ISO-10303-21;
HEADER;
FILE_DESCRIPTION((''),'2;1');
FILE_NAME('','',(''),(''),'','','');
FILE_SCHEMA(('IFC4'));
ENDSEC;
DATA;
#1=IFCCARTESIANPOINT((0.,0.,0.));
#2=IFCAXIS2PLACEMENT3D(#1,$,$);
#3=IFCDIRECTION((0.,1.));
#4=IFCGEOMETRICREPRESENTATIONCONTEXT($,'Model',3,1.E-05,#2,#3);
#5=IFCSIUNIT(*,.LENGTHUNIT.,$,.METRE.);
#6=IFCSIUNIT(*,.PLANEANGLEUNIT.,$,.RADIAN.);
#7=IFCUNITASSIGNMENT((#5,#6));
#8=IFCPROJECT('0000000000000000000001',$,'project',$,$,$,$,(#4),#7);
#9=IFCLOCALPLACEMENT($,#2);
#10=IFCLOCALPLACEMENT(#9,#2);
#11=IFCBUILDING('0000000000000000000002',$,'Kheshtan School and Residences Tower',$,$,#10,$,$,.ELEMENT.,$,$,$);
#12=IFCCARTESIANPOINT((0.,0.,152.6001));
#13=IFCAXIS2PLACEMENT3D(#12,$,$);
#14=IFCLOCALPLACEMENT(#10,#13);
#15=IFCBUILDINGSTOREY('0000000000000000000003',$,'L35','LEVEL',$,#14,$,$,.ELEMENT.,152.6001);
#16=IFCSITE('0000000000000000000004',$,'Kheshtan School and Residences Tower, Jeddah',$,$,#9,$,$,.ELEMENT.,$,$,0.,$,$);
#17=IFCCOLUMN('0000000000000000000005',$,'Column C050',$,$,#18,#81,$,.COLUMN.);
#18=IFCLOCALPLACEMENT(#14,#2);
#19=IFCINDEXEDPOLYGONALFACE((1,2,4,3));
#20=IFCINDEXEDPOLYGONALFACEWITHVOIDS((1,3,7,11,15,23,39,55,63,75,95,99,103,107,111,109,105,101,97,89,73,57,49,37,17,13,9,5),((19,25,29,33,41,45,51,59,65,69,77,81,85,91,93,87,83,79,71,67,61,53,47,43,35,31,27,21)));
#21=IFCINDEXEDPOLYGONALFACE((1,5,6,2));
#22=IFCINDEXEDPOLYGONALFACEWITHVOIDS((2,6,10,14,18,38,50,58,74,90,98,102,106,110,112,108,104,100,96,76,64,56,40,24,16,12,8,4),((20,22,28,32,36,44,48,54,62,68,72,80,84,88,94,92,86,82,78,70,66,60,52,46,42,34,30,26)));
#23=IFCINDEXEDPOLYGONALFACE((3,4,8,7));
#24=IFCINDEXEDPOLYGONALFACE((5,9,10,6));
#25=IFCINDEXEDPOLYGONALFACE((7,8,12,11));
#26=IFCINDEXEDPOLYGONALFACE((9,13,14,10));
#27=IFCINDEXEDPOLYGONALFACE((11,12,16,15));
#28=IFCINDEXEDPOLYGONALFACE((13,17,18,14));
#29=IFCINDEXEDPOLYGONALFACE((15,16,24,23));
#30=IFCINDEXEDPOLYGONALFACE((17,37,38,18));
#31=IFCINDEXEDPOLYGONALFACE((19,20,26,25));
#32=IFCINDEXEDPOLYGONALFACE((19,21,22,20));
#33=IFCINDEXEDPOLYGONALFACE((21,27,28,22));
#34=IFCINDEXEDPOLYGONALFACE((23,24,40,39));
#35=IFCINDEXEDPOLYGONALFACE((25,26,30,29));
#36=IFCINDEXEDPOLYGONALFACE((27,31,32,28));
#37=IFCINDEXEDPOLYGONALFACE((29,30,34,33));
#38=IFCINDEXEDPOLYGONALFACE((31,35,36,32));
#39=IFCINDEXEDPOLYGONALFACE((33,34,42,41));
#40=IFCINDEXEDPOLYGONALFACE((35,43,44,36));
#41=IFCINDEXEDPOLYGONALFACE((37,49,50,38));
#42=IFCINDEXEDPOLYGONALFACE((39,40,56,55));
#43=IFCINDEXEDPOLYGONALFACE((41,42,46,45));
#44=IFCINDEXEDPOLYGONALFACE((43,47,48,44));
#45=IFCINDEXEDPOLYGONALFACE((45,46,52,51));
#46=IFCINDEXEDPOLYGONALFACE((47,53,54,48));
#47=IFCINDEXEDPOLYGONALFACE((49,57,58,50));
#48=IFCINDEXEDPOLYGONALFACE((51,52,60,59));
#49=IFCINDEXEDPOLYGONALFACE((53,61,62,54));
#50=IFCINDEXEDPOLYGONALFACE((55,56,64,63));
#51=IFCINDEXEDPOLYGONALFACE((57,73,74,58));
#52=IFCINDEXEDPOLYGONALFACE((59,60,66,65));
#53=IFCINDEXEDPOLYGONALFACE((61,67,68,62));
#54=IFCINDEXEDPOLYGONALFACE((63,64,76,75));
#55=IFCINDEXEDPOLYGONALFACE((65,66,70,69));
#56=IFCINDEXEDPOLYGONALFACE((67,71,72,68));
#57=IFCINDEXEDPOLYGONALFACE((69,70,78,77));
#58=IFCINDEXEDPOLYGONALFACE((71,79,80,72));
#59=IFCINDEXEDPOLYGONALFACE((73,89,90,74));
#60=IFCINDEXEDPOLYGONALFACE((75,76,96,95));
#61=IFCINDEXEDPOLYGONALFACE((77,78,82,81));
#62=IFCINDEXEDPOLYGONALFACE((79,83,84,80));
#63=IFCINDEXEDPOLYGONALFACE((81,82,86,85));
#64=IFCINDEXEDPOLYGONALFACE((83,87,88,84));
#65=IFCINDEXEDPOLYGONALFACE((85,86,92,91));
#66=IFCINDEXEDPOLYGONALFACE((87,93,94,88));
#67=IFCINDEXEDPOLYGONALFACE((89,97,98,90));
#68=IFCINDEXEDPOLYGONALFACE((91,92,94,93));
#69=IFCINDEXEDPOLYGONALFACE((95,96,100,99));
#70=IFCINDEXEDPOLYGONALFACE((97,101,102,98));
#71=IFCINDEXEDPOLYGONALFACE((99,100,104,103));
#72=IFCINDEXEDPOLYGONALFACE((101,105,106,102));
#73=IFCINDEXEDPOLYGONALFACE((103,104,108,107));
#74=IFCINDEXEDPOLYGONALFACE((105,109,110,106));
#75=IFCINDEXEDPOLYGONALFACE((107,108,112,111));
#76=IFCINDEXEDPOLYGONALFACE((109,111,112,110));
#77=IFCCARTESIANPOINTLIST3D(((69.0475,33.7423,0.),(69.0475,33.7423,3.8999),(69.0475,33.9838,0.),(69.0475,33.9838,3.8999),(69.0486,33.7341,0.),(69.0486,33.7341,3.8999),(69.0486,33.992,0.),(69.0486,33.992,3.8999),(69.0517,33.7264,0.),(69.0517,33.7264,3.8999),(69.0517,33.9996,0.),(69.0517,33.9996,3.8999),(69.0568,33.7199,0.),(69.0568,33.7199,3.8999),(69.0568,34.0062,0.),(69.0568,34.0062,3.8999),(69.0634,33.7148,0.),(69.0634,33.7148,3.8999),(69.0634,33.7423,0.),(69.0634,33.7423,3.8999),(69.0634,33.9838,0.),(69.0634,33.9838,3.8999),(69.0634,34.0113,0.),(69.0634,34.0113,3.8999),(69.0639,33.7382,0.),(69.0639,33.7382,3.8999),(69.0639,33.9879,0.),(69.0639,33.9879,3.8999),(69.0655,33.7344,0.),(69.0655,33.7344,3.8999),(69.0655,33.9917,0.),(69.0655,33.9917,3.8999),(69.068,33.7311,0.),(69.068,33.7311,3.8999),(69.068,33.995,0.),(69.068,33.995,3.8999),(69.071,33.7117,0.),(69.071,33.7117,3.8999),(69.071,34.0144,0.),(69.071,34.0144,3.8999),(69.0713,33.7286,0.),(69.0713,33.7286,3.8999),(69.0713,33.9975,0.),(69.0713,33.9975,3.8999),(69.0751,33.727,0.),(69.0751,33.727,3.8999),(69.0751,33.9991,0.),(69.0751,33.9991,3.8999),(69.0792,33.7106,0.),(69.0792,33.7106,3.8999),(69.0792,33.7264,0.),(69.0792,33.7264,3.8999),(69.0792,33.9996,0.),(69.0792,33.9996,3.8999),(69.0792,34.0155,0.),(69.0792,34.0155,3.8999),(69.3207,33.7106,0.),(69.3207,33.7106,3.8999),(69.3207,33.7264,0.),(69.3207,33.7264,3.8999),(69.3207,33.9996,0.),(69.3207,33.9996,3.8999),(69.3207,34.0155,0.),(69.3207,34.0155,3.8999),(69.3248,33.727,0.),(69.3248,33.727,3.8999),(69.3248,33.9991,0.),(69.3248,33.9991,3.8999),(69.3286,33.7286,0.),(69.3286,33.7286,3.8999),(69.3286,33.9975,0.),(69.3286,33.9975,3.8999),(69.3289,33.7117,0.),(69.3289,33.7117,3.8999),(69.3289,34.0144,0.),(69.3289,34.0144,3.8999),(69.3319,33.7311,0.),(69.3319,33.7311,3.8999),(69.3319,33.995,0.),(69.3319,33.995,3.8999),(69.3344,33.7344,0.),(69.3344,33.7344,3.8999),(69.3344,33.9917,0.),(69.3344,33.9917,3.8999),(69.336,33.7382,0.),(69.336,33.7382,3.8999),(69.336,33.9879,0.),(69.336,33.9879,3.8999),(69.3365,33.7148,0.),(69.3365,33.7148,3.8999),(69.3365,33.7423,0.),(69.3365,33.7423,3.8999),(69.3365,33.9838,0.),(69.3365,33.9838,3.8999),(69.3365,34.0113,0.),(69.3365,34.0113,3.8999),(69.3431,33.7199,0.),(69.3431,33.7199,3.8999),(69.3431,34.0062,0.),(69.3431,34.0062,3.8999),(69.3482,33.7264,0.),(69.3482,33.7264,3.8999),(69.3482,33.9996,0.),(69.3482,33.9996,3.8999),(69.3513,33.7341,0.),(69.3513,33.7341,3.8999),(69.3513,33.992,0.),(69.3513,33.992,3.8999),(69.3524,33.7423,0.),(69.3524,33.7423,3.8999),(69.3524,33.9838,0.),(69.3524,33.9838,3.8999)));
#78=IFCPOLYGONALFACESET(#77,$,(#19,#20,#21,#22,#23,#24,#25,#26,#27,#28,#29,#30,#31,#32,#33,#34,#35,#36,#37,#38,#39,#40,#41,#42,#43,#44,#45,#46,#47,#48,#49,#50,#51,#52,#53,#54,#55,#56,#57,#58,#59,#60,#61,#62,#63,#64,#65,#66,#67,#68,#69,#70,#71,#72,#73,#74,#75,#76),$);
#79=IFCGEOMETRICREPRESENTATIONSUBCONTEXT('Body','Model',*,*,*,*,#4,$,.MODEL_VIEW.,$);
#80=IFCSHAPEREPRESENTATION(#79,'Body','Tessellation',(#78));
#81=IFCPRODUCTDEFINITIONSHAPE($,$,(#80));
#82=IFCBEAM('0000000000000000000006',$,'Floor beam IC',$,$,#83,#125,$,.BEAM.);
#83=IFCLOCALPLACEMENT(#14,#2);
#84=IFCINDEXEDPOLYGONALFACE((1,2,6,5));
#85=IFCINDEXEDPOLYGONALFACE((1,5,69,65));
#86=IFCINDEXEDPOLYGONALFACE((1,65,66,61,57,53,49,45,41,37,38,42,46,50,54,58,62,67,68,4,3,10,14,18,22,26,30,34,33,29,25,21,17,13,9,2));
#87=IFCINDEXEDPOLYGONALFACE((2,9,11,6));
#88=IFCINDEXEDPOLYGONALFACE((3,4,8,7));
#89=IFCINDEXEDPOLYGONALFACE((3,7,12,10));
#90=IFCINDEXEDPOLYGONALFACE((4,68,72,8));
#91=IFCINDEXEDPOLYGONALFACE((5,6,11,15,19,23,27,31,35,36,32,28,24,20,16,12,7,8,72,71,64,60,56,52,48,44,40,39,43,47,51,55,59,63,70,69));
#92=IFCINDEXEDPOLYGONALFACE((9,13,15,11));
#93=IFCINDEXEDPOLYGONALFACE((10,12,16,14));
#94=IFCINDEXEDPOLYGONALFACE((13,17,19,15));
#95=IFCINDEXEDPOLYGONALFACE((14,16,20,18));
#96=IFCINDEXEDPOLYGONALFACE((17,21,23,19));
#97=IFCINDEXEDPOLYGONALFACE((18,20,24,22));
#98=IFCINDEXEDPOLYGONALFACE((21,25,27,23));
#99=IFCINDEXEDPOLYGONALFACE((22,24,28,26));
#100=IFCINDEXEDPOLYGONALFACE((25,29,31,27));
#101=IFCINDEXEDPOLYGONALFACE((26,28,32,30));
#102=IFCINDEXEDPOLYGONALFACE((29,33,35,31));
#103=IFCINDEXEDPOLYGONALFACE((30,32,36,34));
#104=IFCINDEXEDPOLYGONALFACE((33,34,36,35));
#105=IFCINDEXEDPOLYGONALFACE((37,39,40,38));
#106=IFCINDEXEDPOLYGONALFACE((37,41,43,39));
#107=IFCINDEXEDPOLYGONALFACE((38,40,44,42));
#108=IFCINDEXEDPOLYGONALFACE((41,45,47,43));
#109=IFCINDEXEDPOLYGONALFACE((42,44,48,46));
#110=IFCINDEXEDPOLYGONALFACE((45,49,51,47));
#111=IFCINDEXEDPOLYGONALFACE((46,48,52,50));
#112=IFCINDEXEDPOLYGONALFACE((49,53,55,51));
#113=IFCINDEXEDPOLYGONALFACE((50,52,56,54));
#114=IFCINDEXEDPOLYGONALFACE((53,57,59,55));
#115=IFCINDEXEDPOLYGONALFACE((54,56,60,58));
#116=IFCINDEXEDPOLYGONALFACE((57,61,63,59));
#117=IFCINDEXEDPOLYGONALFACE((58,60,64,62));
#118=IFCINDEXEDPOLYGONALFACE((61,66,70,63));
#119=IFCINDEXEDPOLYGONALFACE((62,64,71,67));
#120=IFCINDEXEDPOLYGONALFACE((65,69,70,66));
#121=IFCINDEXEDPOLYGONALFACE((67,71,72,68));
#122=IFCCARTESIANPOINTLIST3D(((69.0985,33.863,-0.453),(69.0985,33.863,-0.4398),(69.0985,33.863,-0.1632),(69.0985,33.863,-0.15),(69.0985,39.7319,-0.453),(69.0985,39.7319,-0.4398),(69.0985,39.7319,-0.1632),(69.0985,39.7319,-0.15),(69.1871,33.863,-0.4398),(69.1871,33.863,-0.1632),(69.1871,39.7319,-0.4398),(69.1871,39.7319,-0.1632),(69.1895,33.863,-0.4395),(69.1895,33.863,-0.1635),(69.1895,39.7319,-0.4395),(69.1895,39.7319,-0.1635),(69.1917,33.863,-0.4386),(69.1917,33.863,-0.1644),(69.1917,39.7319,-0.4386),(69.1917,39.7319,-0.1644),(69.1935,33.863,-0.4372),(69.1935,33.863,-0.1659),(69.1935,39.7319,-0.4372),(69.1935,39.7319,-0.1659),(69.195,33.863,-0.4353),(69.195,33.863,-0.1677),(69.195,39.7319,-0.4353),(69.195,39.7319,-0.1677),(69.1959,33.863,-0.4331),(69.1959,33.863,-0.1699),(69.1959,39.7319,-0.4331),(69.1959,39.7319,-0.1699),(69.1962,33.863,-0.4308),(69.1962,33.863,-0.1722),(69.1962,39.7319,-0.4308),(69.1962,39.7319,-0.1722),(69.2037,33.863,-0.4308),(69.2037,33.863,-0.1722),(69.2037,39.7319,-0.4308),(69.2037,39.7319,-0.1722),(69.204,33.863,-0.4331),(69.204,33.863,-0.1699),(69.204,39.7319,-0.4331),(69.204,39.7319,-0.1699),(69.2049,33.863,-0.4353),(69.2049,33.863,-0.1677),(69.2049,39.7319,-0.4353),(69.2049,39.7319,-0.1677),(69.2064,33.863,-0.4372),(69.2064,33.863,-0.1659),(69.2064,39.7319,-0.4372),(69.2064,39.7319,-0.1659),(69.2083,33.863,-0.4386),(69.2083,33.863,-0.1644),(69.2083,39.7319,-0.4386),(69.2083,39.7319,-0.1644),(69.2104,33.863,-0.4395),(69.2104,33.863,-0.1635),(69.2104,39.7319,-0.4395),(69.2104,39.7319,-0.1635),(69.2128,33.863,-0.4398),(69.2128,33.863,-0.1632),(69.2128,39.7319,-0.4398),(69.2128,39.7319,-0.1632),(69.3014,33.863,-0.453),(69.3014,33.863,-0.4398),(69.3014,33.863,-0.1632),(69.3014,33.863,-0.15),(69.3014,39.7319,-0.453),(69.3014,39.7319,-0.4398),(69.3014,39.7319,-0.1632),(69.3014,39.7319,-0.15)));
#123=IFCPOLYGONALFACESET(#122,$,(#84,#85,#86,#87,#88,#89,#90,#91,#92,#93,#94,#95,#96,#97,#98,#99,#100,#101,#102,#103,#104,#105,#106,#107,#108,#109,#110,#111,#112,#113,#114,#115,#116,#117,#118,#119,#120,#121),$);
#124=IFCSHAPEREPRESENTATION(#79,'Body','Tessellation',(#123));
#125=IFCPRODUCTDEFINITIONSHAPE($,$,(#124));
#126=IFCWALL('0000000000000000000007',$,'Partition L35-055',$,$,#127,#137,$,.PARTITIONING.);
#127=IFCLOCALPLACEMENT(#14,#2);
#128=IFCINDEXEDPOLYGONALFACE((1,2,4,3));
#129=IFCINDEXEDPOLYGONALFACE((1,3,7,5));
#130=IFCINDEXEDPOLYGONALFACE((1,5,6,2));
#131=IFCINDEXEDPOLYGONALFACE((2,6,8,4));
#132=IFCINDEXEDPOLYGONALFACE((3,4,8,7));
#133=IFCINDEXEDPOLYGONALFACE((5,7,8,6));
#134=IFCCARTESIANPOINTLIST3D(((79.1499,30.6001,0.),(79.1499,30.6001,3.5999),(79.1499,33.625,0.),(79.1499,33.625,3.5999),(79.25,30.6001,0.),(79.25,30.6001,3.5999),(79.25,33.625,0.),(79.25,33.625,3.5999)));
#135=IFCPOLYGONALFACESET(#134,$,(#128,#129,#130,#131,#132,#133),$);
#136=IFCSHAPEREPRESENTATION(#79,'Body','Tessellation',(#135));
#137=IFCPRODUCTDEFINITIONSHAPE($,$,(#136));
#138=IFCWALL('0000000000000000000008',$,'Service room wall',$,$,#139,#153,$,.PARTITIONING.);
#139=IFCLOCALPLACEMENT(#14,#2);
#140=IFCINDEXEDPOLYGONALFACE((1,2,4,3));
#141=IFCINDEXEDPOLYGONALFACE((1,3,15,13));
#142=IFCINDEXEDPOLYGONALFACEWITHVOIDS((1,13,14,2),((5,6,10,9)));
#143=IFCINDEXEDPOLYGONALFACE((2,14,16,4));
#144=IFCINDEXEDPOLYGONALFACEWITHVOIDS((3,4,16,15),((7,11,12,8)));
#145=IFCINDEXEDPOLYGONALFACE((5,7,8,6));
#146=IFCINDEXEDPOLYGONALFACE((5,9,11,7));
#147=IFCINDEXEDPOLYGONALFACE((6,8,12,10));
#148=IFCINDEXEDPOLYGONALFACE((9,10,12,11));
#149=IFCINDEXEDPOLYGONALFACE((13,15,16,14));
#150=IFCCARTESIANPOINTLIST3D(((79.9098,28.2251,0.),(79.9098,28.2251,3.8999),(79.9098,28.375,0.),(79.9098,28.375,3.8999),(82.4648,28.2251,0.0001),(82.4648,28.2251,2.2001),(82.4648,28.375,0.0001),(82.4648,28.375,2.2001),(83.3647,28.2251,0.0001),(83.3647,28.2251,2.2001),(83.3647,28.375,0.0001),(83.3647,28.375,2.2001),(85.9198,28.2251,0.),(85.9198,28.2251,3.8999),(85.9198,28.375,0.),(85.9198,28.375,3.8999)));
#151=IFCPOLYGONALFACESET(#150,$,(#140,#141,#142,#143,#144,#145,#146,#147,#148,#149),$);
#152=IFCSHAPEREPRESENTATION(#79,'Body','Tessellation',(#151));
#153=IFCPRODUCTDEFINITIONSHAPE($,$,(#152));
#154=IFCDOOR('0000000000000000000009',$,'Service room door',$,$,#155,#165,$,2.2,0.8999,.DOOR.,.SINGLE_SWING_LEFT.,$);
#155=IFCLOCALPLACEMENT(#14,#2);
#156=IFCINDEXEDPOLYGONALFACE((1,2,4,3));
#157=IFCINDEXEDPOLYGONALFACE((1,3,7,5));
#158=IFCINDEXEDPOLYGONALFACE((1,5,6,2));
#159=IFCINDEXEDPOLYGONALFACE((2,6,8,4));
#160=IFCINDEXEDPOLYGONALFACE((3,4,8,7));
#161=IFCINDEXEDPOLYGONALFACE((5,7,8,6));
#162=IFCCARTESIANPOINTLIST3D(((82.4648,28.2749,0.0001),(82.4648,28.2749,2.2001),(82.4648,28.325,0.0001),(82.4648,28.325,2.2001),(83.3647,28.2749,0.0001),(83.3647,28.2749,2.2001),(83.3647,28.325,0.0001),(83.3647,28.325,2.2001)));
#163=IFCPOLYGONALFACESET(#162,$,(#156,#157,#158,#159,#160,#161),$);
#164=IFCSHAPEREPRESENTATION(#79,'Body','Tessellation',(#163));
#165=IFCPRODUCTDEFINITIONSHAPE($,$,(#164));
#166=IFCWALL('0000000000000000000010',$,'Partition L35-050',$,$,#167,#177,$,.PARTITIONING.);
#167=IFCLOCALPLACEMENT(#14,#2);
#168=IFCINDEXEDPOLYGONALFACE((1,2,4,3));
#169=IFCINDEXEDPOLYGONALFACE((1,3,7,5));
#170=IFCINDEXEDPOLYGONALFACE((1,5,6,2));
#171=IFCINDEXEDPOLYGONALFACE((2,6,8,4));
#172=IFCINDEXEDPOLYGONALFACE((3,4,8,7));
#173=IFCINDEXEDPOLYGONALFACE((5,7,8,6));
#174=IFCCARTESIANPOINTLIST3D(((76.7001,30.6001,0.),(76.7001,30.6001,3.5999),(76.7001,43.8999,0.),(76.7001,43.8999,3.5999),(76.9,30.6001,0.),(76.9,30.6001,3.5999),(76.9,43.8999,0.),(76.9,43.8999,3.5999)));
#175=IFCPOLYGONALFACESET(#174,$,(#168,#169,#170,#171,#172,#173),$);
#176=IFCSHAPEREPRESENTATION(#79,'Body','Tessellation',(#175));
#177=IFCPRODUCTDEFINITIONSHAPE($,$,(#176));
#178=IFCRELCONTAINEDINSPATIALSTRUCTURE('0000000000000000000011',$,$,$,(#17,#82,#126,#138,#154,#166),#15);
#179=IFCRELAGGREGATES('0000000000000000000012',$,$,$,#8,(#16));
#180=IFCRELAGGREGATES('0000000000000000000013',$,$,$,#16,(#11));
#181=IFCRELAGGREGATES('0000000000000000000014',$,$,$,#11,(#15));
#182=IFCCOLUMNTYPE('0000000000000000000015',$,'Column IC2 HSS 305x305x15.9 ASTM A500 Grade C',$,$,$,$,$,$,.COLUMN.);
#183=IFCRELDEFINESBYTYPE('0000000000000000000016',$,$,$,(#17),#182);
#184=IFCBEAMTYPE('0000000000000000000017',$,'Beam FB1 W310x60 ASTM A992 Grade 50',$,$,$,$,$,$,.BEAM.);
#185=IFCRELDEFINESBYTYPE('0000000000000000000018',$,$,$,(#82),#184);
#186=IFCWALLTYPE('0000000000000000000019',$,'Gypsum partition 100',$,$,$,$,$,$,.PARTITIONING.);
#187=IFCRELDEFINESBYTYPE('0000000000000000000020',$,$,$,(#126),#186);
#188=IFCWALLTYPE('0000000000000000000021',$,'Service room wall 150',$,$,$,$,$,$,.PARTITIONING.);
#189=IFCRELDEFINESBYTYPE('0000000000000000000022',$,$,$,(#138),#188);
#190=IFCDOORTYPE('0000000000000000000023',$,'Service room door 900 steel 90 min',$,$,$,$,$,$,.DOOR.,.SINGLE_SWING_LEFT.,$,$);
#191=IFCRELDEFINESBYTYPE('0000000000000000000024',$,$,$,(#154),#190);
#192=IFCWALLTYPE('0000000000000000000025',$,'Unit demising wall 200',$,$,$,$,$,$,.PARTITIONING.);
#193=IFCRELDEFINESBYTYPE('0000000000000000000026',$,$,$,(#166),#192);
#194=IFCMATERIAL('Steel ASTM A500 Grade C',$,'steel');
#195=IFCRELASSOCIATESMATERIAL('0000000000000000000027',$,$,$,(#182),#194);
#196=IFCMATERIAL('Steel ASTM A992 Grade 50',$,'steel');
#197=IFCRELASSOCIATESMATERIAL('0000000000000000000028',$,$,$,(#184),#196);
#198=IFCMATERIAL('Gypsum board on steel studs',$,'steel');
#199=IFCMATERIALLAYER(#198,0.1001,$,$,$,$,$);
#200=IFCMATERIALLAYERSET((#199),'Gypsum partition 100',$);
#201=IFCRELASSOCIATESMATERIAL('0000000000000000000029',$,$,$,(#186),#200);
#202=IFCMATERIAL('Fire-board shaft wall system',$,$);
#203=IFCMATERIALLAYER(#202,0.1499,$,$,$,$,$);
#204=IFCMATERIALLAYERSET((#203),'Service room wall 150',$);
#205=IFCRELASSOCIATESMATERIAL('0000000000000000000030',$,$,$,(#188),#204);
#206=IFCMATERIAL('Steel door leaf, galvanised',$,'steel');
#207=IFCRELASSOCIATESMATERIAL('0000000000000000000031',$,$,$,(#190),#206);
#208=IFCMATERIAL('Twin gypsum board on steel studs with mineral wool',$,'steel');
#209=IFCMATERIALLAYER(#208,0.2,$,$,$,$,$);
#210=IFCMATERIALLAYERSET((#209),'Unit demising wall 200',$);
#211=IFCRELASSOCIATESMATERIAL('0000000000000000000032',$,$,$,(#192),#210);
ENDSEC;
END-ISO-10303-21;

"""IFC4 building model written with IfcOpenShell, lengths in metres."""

from ifc_helpers import new_model, si_unit, direction, frame, frame_2d, origin, origin_2d, place, context, subcontext, project, spatial, rectangle, hollow_rectangle, i_section, extrude, source, transform, mapped, material, layer, layer_set, material_profile, profile_set, type_object, element, fill, save


model = new_model("IFC4")

# Units and contexts
model_context = context("Model", 3, precision=1e-05, world=origin(), true_north=direction((0.0, 1.0)))
body_context = subcontext(model_context, "Body", "Model", "MODEL_VIEW")
ifc_project = project(units=[si_unit("LENGTHUNIT", "METRE"), si_unit("PLANEANGLEUNIT", "RADIAN")], contexts=[model_context])

# Site, building, storey
site_placement = place(None, origin())
site = spatial("IfcSite", under=ifc_project, at=site_placement, Name="Kheshtan School and Residences Tower, Jeddah", CompositionType="ELEMENT", RefElevation=0.0)
building_placement = place(site_placement, origin())
building = spatial("IfcBuilding", under=site, at=building_placement, Name="Kheshtan School and Residences Tower", CompositionType="ELEMENT")
storey_placement = place(building_placement, frame((0.0, 0.0, 152.6001)))
storey = spatial("IfcBuildingStorey", under=building, at=storey_placement, Name="L35", Description="LEVEL", CompositionType="ELEMENT", Elevation=152.6001)

# Column
ifc_material_1 = material(Name="Steel ASTM A500 Grade C", Category="steel")
ifc_material_profile_1 = material_profile(ifc_material_1, hollow_rectangle(XDim=0.3049, YDim=0.3049, WallThickness=0.0159, InnerFilletRadius=0.0159, OuterFilletRadius=0.0317, at=origin_2d()), Name="HSS 305x305x15.9")
ifc_profile_set_1 = profile_set([ifc_material_profile_1], Name="Steel ASTM A500 Grade C")
column_type = type_object("IfcColumnType", Name="Column IC2 HSS 305x305x15.9 ASTM A500 Grade C", PredefinedType="COLUMN", material=ifc_profile_set_1)
column_placement = place(storey_placement, frame((69.2, 33.863, 0.0), z_axis=(0.0, 0.0, 1.0), x_axis=(1.0, 0.0, 0.0)))
element("IfcColumn", 1, at=column_placement, inside=storey, type_object=column_type, Name="Column C050", PredefinedType="COLUMN", context=body_context, shape_type="SweptSolid", body=[
    extrude(hollow_rectangle(XDim=0.3049, YDim=0.3049, WallThickness=0.0159, InnerFilletRadius=0.0159, OuterFilletRadius=0.0317, at=origin_2d()), origin(), (0.0, 0.0, 1.0), 3.8999),
])

# Beam
ifc_material_2 = material(Name="Steel ASTM A992 Grade 50", Category="steel")
ifc_material_profile_2 = material_profile(ifc_material_2, i_section(OverallWidth=0.2029, OverallDepth=0.303, WebThickness=0.0076, FlangeThickness=0.0132, FilletRadius=0.009, at=origin_2d()), Name="W310x60")
ifc_profile_set_2 = profile_set([ifc_material_profile_2], Name="Steel ASTM A992 Grade 50")
beam_type = type_object("IfcBeamType", Name="Beam FB1 W310x60 ASTM A992 Grade 50", PredefinedType="BEAM", material=ifc_profile_set_2)
beam_placement = place(storey_placement, frame((69.2, 33.863, -0.3015), z_axis=(0.0, 1.0, 0.0), x_axis=(-1.0, 0.0, 0.0)))
element("IfcBeam", 2, at=beam_placement, inside=storey, type_object=beam_type, Name="Floor beam IC", PredefinedType="BEAM", context=body_context, shape_type="SweptSolid", body=[
    extrude(i_section(OverallWidth=0.2029, OverallDepth=0.303, WebThickness=0.0076, FlangeThickness=0.0132, FilletRadius=0.009, at=origin_2d()), origin(), (0.0, 0.0, 1.0), 5.8689),
])

# Wall
ifc_material_3 = material(Name="Gypsum board on steel studs", Category="steel")
ifc_layer_1 = layer(ifc_material_3, 0.1001)
ifc_layer_set_1 = layer_set([ifc_layer_1], Name="Gypsum partition 100")
wall_type_1 = type_object("IfcWallType", Name="Gypsum partition 100", PredefinedType="PARTITIONING", material=ifc_layer_set_1)
wall_1_placement = place(storey_placement, frame((79.2, 30.6001, 0.0), z_axis=(0.0, 0.0, 1.0), x_axis=(0.0, 1.0, 0.0)))
element("IfcWall", 3, at=wall_1_placement, inside=storey, type_object=wall_type_1, Name="Partition L35-055", PredefinedType="PARTITIONING", context=body_context, shape_type="SweptSolid", body=[
    extrude(rectangle(XDim=3.0249, YDim=0.1001, at=frame_2d((1.5125, 0.0))), origin(), (0.0, 0.0, 1.0), 3.5999),
])

# Wall, opening, door
ifc_material_4 = material(Name="Fire-board shaft wall system")
ifc_layer_2 = layer(ifc_material_4, 0.1499)
ifc_layer_set_2 = layer_set([ifc_layer_2], Name="Service room wall 150")
wall_type_2 = type_object("IfcWallType", Name="Service room wall 150", PredefinedType="PARTITIONING", material=ifc_layer_set_2)
wall_2_placement = place(storey_placement, frame((79.9099, 28.3, 0.0), z_axis=(0.0, 0.0, 1.0), x_axis=(1.0, 0.0, 0.0)))
wall_2 = element("IfcWall", 4, at=wall_2_placement, inside=storey, type_object=wall_type_2, Name="Service room wall", PredefinedType="PARTITIONING", context=body_context, shape_type="SweptSolid", body=[
    extrude(rectangle(XDim=6.01, YDim=0.1499, at=frame_2d((3.0049, 0.0))), origin(), (0.0, 0.0, 1.0), 3.8999),
])
opening_1_placement = place(wall_2_placement, frame((2.5549, 0.0, 0.0)))
opening_1 = element("IfcOpeningElement", 5, at=opening_1_placement, cuts=wall_2, PredefinedType="OPENING", context=body_context, shape_type="SweptSolid", body=[
    extrude(rectangle(XDim=0.8999, YDim=2.2, at=frame_2d((0.45, 1.1001))), frame((0.0, 0.085, 0.0), z_axis=(0.0, -1.0, 0.0), x_axis=(1.0, 0.0, 0.0)), (0.0, 0.0, 1.0), 0.1699),
])
ifc_material_5 = material(Name="Steel door leaf, galvanised", Category="steel")
door_type_1 = type_object("IfcDoorType", Name="Service room door 900 steel 90 min", OperationType="SINGLE_SWING_LEFT", PredefinedType="DOOR", material=ifc_material_5)
shared_shape_1 = source(origin(), body_context, "Body", "SweptSolid", [
    extrude(rectangle(XDim=0.8999, YDim=2.2, at=frame_2d((0.45, 1.1001))), frame((0.0, 0.0249, 0.0), z_axis=(0.0, -1.0, 0.0), x_axis=(1.0, 0.0, 0.0)), (0.0, 0.0, 1.0), 0.05),
])
door_1_placement = place(opening_1_placement, origin())
door_1 = element("IfcDoor", 6, at=door_1_placement, inside=storey, type_object=door_type_1, Name="Service room door", OperationType="SINGLE_SWING_LEFT", OverallHeight=2.2, OverallWidth=0.8999, PredefinedType="DOOR", context=body_context, shape_type="MappedRepresentation", body=[
    mapped(shared_shape_1, transform((0.0, 0.0, 0.0), x_axis=(1.0, 0.0, 0.0), y_axis=(0.0, 1.0, 0.0), z_axis=(0.0, 0.0, 1.0), scale=1.0)),
])
fill(opening_1, door_1)

# Wall
ifc_material_6 = material(Name="Twin gypsum board on steel studs with mineral wool", Category="steel")
ifc_layer_3 = layer(ifc_material_6, 0.2)
ifc_layer_set_3 = layer_set([ifc_layer_3], Name="Unit demising wall 200")
wall_type_3 = type_object("IfcWallType", Name="Unit demising wall 200", PredefinedType="PARTITIONING", material=ifc_layer_set_3)
wall_3_placement = place(storey_placement, frame((76.8, 30.6001, 0.0), z_axis=(0.0, 0.0, 1.0), x_axis=(0.0, 1.0, 0.0)))
element("IfcWall", 7, at=wall_3_placement, inside=storey, type_object=wall_type_3, Name="Partition L35-050", PredefinedType="PARTITIONING", context=body_context, shape_type="SweptSolid", body=[
    extrude(rectangle(XDim=13.2998, YDim=0.2, at=frame_2d((6.6499, 0.0))), origin(), (0.0, 0.0, 1.0), 3.5999),
])

save(model, "model.ifc")
